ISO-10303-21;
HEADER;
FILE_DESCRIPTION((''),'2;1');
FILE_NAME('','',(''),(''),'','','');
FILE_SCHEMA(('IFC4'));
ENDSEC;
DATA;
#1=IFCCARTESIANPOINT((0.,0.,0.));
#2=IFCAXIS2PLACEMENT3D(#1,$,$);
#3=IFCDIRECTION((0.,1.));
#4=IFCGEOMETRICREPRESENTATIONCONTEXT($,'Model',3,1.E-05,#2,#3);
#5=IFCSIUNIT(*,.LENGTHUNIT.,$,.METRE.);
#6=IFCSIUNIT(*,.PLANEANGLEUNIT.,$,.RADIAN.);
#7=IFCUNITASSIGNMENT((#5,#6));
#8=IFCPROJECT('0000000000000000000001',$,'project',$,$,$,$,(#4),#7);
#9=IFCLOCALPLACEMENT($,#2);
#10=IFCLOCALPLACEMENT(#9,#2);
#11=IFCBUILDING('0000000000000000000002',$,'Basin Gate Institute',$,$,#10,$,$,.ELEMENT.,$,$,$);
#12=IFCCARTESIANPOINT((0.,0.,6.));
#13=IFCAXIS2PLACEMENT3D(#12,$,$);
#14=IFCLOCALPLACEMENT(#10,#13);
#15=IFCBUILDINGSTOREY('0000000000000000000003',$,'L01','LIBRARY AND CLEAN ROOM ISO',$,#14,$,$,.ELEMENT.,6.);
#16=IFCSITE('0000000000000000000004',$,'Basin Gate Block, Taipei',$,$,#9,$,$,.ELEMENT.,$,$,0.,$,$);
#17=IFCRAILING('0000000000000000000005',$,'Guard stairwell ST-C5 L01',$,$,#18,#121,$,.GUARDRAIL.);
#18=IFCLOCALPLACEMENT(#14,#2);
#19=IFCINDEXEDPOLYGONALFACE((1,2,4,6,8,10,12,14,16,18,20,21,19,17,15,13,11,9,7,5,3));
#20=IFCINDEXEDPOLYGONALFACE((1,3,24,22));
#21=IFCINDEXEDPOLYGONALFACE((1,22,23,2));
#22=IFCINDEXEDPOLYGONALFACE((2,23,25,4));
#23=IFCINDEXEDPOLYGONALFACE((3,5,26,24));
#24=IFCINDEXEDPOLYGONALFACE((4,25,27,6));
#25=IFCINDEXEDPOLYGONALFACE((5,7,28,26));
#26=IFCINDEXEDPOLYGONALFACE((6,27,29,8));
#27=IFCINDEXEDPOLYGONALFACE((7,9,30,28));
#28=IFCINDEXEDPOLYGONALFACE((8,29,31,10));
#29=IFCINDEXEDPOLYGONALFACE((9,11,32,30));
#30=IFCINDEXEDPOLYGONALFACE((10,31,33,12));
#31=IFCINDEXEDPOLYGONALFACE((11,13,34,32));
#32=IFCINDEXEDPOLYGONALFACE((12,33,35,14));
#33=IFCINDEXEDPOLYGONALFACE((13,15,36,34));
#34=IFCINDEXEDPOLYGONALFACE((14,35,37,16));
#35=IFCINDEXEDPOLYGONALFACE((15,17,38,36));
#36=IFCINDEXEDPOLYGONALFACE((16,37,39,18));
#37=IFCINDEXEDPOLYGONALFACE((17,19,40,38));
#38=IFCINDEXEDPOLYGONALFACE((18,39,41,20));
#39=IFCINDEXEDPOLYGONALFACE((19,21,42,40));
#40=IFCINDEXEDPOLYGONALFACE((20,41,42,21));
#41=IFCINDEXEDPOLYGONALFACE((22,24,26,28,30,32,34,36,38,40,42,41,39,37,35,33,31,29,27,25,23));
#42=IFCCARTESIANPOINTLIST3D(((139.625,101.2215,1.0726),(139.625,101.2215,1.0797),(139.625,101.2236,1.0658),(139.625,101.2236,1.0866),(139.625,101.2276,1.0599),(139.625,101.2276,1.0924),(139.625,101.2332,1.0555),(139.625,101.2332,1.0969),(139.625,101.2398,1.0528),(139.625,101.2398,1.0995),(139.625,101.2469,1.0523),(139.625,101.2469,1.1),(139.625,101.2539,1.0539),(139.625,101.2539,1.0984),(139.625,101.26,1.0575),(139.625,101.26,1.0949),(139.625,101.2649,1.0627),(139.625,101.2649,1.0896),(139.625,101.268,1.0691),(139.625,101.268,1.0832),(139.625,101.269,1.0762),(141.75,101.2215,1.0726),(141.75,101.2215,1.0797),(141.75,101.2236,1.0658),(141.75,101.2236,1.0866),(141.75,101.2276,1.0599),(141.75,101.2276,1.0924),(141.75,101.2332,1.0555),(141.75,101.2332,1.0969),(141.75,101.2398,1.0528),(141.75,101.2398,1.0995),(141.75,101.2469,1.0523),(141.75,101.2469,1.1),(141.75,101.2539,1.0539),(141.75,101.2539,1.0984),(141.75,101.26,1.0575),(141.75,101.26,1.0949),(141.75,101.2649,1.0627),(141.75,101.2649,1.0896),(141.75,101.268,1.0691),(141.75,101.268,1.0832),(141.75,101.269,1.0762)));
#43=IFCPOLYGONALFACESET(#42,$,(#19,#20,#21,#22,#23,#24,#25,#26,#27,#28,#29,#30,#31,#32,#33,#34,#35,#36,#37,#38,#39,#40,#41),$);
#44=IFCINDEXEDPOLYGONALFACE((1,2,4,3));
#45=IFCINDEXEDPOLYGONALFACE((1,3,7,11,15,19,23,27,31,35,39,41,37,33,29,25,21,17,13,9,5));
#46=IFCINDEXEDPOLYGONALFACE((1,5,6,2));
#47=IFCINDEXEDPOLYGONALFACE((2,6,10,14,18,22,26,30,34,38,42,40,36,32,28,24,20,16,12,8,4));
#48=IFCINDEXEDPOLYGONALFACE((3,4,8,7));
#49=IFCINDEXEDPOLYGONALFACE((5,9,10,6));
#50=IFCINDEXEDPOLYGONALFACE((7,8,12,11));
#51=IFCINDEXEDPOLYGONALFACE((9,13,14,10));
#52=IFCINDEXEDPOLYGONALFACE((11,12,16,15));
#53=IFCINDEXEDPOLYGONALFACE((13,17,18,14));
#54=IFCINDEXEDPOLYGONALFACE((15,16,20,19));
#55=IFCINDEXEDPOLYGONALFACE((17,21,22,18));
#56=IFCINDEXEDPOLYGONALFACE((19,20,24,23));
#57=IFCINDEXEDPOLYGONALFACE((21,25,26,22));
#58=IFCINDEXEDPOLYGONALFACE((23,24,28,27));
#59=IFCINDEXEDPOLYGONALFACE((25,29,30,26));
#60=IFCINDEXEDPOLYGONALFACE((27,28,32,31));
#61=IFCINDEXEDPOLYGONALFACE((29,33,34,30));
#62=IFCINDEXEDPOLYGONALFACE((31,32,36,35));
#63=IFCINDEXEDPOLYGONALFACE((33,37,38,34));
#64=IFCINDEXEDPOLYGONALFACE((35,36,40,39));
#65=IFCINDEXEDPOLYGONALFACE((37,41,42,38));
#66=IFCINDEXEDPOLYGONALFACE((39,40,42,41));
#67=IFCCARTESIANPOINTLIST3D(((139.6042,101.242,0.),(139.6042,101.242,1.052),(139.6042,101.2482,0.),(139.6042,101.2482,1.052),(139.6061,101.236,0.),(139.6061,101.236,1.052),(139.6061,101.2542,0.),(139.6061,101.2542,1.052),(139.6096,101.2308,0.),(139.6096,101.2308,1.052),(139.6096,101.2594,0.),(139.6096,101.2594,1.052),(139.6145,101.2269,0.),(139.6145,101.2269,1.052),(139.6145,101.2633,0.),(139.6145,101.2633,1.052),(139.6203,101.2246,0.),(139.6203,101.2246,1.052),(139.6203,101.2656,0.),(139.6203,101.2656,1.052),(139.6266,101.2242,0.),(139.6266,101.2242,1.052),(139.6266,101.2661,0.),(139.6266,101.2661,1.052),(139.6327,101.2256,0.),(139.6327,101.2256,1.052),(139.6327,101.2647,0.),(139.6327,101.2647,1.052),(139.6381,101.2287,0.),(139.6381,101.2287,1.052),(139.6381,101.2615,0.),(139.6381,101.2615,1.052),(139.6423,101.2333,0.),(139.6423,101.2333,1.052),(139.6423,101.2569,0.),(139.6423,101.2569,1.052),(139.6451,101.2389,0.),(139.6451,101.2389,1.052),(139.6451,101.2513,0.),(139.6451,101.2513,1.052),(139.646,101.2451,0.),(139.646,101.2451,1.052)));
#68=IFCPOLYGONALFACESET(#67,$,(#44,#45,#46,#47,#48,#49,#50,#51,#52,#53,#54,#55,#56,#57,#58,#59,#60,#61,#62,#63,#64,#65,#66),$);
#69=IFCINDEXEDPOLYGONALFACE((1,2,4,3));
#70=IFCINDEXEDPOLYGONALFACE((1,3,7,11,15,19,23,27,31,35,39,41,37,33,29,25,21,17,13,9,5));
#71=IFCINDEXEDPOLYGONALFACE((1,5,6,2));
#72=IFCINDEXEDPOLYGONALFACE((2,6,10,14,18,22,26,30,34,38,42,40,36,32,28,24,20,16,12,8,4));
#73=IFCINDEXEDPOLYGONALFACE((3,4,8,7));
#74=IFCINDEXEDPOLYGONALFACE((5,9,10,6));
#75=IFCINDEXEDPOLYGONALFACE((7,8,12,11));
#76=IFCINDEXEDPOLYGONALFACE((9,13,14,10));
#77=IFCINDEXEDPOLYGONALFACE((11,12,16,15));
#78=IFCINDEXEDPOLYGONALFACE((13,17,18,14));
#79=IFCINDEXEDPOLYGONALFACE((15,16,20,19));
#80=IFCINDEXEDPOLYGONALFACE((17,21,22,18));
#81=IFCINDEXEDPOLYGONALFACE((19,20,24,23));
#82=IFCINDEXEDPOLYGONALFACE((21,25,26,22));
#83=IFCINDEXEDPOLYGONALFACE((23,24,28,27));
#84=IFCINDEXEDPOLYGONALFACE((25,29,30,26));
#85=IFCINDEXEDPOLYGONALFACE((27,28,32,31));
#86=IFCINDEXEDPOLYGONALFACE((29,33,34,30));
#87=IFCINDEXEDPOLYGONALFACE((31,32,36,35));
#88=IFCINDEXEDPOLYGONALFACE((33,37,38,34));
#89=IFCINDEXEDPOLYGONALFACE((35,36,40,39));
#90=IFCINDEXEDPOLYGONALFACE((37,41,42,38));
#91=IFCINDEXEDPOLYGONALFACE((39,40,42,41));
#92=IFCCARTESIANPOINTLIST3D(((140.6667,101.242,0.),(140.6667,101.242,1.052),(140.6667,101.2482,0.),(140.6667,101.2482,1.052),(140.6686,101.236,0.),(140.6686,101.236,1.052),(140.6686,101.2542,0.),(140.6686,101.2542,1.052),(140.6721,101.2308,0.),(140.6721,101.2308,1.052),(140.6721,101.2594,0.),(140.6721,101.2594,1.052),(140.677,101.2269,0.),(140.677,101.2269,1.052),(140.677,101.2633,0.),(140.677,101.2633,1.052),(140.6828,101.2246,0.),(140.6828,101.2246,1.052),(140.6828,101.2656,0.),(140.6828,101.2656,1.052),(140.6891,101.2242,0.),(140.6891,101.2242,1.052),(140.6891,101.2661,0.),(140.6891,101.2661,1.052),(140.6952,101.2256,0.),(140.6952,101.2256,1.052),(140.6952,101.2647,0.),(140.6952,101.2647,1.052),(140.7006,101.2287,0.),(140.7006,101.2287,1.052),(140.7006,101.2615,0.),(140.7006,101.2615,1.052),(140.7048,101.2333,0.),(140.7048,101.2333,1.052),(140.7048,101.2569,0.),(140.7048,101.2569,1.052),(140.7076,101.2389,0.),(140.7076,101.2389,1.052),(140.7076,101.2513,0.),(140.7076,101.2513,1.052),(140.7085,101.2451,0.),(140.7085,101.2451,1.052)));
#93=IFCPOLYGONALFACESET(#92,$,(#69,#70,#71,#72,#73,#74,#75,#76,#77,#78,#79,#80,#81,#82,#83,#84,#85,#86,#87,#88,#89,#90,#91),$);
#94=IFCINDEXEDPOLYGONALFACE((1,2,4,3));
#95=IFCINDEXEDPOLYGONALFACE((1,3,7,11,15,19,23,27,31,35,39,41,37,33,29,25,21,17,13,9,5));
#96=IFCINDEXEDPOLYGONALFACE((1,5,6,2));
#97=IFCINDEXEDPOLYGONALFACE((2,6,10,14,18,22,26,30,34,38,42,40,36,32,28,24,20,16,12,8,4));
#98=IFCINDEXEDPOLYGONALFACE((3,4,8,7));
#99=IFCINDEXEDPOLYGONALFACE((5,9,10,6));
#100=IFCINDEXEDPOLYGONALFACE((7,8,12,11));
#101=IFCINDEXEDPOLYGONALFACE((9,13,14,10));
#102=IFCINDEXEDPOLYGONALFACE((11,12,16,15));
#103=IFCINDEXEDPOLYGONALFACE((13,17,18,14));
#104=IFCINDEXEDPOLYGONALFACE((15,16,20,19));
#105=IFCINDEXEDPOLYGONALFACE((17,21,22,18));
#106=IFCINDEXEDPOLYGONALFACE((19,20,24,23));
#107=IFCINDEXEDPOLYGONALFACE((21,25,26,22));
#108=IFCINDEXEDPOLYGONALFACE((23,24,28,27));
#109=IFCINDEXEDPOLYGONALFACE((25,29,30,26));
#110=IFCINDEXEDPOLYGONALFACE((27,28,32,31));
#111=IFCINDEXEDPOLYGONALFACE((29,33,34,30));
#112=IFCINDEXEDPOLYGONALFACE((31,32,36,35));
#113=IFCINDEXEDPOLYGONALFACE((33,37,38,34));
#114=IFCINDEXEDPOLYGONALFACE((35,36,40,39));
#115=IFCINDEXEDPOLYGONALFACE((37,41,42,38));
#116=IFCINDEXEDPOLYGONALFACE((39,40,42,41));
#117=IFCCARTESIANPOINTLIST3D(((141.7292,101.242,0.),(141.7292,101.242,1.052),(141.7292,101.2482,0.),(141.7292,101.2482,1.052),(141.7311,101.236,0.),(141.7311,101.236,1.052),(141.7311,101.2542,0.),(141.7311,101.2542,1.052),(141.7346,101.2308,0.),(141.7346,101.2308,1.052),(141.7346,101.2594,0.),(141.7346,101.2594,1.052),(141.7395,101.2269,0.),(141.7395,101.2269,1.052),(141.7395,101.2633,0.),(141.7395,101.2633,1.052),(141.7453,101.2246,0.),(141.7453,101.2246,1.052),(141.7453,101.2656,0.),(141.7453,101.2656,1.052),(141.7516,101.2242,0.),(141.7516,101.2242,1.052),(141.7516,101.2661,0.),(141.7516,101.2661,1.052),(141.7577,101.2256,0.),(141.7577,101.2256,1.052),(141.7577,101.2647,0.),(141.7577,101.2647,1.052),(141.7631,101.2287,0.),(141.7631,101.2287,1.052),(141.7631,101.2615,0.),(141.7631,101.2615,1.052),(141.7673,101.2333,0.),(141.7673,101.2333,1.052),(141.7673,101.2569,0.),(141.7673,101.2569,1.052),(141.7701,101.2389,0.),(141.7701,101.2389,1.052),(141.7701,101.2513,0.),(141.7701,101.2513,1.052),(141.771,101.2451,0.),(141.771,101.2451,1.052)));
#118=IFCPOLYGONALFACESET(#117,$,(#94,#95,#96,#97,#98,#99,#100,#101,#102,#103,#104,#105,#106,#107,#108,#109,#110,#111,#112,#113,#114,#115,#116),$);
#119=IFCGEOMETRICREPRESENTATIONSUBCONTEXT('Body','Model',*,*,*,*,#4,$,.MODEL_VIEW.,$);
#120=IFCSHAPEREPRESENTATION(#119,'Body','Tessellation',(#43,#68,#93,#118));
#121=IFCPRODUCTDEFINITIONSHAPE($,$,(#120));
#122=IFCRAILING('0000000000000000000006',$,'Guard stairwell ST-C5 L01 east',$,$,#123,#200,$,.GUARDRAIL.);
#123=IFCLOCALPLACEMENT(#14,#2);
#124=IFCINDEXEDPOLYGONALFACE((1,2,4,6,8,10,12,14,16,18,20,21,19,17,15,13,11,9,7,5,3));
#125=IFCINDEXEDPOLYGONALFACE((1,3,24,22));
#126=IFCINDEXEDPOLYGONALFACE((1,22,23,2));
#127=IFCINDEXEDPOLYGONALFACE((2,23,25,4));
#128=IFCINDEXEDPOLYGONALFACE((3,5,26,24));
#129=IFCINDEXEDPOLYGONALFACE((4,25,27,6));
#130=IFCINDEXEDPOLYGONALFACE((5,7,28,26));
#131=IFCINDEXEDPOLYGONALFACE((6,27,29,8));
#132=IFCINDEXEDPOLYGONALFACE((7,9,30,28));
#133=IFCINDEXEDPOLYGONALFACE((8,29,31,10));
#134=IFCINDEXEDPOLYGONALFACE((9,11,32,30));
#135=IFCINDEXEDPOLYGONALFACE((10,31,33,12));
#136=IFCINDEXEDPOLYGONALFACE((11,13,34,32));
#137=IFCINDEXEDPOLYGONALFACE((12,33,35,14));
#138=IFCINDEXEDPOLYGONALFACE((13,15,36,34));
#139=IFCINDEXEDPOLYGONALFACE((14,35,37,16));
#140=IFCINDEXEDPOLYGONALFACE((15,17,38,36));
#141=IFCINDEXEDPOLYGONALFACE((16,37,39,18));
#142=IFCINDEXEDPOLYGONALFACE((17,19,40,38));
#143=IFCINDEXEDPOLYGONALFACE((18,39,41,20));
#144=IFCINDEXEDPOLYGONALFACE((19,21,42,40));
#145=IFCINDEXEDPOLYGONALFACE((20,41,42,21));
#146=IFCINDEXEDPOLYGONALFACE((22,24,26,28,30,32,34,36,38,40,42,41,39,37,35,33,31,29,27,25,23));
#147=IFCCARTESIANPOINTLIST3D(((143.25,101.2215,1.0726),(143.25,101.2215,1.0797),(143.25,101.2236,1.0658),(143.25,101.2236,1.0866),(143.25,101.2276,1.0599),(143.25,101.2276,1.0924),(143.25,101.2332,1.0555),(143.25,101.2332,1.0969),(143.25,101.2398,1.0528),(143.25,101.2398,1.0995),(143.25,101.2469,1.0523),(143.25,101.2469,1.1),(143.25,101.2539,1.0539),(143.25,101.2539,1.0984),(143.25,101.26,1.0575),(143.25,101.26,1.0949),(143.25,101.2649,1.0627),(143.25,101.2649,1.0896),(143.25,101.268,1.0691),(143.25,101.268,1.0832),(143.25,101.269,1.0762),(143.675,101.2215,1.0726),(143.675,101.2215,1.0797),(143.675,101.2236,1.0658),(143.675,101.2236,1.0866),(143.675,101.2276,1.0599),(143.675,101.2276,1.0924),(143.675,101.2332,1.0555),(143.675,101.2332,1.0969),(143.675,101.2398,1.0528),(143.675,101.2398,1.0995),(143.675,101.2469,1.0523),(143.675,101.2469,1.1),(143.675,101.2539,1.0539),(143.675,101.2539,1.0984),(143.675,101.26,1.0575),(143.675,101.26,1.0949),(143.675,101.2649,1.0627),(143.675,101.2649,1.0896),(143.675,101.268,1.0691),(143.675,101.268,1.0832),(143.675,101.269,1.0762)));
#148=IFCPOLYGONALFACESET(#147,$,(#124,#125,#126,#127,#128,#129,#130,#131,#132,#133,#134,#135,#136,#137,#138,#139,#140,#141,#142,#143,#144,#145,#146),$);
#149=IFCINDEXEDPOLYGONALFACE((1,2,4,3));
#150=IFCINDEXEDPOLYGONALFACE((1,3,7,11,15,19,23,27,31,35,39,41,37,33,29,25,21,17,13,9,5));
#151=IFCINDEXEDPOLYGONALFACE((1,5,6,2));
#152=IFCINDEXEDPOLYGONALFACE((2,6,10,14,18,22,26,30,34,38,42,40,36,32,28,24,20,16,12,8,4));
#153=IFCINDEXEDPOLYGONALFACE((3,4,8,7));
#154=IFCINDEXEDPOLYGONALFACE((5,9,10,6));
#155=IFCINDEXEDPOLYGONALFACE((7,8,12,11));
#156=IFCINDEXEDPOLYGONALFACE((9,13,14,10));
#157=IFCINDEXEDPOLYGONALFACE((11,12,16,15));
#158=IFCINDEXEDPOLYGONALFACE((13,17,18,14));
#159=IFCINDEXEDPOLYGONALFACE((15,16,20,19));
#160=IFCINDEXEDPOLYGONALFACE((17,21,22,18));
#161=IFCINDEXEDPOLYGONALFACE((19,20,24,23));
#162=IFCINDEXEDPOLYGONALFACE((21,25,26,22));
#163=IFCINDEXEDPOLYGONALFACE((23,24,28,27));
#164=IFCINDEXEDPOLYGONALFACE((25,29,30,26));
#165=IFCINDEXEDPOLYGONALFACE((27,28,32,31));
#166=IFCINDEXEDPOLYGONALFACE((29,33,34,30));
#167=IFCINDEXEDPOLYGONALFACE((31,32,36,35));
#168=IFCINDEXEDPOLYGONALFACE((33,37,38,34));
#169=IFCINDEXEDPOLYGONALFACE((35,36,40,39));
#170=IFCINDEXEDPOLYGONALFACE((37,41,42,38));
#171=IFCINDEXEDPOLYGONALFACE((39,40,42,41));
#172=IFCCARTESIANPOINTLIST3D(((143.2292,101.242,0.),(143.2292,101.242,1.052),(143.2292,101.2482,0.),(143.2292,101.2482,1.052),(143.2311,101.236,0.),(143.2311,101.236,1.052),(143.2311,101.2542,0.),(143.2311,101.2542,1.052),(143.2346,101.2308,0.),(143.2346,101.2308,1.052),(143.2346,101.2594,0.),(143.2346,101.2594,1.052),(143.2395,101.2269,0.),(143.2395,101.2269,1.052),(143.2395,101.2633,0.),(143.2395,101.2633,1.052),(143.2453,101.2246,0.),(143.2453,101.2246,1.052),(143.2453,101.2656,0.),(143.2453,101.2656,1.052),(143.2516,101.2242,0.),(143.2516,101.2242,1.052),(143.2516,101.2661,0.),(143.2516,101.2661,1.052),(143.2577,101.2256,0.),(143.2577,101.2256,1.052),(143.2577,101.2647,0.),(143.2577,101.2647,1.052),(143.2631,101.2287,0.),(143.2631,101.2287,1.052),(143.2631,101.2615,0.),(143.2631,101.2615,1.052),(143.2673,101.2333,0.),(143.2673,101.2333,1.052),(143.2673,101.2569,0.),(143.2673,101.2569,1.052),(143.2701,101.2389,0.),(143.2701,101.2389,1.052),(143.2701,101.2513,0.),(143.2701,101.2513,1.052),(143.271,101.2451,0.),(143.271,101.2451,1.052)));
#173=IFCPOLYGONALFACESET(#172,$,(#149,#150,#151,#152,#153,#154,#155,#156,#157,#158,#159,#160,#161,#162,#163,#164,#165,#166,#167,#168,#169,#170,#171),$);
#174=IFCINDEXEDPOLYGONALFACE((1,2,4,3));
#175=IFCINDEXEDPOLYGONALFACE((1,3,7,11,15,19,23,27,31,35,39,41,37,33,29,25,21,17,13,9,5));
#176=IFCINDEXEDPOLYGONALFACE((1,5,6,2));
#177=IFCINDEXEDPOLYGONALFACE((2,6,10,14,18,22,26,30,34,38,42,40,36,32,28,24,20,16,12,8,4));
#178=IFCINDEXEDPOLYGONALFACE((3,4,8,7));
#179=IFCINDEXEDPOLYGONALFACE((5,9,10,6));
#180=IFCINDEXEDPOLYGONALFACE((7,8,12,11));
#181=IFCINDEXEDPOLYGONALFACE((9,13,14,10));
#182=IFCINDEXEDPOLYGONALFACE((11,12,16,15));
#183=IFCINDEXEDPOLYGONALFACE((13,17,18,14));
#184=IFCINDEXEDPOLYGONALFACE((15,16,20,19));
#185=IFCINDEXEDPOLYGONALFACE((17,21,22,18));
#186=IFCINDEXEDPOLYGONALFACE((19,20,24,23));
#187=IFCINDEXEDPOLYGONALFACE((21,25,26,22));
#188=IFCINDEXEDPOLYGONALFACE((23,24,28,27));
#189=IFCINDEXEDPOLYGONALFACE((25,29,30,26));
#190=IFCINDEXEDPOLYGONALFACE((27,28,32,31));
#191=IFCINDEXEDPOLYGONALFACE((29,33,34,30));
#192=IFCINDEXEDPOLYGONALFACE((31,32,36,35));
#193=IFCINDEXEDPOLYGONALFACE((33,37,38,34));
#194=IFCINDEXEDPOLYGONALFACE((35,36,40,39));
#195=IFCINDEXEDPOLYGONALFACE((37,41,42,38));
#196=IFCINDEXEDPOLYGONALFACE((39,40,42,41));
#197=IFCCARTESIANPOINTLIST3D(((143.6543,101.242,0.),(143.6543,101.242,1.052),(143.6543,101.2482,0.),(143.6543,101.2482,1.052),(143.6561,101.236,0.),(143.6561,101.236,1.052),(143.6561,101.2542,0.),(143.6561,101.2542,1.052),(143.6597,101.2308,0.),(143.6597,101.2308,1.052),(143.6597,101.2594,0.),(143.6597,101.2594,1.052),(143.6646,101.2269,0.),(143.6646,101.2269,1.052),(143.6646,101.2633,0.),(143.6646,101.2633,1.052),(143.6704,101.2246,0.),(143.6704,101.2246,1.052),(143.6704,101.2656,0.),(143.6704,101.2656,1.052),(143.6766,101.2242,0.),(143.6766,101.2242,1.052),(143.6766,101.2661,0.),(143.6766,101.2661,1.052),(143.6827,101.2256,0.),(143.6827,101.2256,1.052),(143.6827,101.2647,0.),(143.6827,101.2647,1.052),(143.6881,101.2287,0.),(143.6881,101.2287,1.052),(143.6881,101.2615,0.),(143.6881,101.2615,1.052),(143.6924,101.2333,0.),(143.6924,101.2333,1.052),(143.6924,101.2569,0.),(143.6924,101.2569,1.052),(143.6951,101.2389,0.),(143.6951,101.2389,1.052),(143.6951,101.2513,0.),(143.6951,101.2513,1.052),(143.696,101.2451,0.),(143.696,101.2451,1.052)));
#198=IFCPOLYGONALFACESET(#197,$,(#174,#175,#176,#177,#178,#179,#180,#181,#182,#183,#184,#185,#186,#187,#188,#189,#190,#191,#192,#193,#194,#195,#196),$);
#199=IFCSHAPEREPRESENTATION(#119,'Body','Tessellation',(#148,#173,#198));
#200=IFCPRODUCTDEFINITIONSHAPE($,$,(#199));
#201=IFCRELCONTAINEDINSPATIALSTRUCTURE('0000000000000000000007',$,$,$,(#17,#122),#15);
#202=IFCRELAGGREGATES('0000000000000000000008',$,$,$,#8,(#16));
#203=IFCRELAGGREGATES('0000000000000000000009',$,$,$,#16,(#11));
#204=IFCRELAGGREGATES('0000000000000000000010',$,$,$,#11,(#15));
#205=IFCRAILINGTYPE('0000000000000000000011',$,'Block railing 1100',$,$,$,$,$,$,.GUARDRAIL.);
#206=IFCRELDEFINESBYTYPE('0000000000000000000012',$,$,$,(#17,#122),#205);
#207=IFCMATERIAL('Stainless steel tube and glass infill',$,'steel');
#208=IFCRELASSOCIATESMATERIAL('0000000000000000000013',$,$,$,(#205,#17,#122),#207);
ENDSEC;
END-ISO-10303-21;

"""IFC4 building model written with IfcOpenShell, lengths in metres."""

from ifc_helpers import new_model, si_unit, direction, frame, origin, origin_2d, place, context, subcontext, project, spatial, circle, extrude, material, type_object, element, save


model = new_model("IFC4")

# Units and contexts
model_context = context("Model", 3, precision=1e-05, world=origin(), true_north=direction((0.0, 1.0)))
body_context = subcontext(model_context, "Body", "Model", "MODEL_VIEW")
ifc_project = project(units=[si_unit("LENGTHUNIT", "METRE"), si_unit("PLANEANGLEUNIT", "RADIAN")], contexts=[model_context])

# Site, building, storey
site_placement = place(None, origin())
site = spatial("IfcSite", under=ifc_project, at=site_placement, Name="Basin Gate Block, Taipei", CompositionType="ELEMENT", RefElevation=0.0)
building_placement = place(site_placement, origin())
building = spatial("IfcBuilding", under=site, at=building_placement, Name="Basin Gate Institute", CompositionType="ELEMENT")
storey_placement = place(building_placement, frame((0.0, 0.0, 6.0)))
storey = spatial("IfcBuildingStorey", under=building, at=storey_placement, Name="L01", Description="LIBRARY AND CLEAN ROOM ISO", CompositionType="ELEMENT", Elevation=6.0)

# Railings
ifc_material_1 = material(Name="Stainless steel tube and glass infill", Category="steel")
railing_type_1 = type_object("IfcRailingType", Name="Block railing 1100", PredefinedType="GUARDRAIL", material=ifc_material_1)
railing_placement = place(storey_placement, frame((139.625, 101.2451, 0.0)))
element("IfcRailing", 1, at=railing_placement, inside=storey, type_object=railing_type_1, material=ifc_material_1, Name="Guard stairwell ST-C5 L01", PredefinedType="GUARDRAIL", context=body_context, shape_type="SweptSolid", body=[
    extrude(circle(Radius=0.0239, at=origin_2d()), frame((0.0, 0.0, 1.0762), z_axis=(1.0, 0.0, 0.0), x_axis=(0.0, 1.0, 0.0)), (0.0, 0.0, 1.0), 2.125),
    extrude(circle(Radius=0.021, at=origin_2d()), origin(), (0.0, 0.0, 1.0), 1.052),
    extrude(circle(Radius=0.021, at=origin_2d()), frame((1.0625, 0.0, 0.0)), (0.0, 0.0, 1.0), 1.052),
    extrude(circle(Radius=0.021, at=origin_2d()), frame((2.125, 0.0, 0.0)), (0.0, 0.0, 1.0), 1.052),
])
for number, where, name in (
    (2, (143.25, 101.2451, 0.0), "Guard stairwell ST-C5 L01 east"),
):
    element("IfcRailing", number, at=place(storey_placement, frame(where)), inside=storey, type_object=railing_type_1, material=ifc_material_1, Name=name, PredefinedType="GUARDRAIL", context=body_context, shape_type="SweptSolid", body=[
        extrude(circle(Radius=0.0239, at=origin_2d()), frame((0.0, 0.0, 1.0762), z_axis=(1.0, 0.0, 0.0), x_axis=(0.0, 1.0, 0.0)), (0.0, 0.0, 1.0), 0.425),
        extrude(circle(Radius=0.021, at=origin_2d()), origin(), (0.0, 0.0, 1.0), 1.052),
        extrude(circle(Radius=0.021, at=origin_2d()), frame((0.425, 0.0, 0.0)), (0.0, 0.0, 1.0), 1.052),
    ])

save(model, "model.ifc")
